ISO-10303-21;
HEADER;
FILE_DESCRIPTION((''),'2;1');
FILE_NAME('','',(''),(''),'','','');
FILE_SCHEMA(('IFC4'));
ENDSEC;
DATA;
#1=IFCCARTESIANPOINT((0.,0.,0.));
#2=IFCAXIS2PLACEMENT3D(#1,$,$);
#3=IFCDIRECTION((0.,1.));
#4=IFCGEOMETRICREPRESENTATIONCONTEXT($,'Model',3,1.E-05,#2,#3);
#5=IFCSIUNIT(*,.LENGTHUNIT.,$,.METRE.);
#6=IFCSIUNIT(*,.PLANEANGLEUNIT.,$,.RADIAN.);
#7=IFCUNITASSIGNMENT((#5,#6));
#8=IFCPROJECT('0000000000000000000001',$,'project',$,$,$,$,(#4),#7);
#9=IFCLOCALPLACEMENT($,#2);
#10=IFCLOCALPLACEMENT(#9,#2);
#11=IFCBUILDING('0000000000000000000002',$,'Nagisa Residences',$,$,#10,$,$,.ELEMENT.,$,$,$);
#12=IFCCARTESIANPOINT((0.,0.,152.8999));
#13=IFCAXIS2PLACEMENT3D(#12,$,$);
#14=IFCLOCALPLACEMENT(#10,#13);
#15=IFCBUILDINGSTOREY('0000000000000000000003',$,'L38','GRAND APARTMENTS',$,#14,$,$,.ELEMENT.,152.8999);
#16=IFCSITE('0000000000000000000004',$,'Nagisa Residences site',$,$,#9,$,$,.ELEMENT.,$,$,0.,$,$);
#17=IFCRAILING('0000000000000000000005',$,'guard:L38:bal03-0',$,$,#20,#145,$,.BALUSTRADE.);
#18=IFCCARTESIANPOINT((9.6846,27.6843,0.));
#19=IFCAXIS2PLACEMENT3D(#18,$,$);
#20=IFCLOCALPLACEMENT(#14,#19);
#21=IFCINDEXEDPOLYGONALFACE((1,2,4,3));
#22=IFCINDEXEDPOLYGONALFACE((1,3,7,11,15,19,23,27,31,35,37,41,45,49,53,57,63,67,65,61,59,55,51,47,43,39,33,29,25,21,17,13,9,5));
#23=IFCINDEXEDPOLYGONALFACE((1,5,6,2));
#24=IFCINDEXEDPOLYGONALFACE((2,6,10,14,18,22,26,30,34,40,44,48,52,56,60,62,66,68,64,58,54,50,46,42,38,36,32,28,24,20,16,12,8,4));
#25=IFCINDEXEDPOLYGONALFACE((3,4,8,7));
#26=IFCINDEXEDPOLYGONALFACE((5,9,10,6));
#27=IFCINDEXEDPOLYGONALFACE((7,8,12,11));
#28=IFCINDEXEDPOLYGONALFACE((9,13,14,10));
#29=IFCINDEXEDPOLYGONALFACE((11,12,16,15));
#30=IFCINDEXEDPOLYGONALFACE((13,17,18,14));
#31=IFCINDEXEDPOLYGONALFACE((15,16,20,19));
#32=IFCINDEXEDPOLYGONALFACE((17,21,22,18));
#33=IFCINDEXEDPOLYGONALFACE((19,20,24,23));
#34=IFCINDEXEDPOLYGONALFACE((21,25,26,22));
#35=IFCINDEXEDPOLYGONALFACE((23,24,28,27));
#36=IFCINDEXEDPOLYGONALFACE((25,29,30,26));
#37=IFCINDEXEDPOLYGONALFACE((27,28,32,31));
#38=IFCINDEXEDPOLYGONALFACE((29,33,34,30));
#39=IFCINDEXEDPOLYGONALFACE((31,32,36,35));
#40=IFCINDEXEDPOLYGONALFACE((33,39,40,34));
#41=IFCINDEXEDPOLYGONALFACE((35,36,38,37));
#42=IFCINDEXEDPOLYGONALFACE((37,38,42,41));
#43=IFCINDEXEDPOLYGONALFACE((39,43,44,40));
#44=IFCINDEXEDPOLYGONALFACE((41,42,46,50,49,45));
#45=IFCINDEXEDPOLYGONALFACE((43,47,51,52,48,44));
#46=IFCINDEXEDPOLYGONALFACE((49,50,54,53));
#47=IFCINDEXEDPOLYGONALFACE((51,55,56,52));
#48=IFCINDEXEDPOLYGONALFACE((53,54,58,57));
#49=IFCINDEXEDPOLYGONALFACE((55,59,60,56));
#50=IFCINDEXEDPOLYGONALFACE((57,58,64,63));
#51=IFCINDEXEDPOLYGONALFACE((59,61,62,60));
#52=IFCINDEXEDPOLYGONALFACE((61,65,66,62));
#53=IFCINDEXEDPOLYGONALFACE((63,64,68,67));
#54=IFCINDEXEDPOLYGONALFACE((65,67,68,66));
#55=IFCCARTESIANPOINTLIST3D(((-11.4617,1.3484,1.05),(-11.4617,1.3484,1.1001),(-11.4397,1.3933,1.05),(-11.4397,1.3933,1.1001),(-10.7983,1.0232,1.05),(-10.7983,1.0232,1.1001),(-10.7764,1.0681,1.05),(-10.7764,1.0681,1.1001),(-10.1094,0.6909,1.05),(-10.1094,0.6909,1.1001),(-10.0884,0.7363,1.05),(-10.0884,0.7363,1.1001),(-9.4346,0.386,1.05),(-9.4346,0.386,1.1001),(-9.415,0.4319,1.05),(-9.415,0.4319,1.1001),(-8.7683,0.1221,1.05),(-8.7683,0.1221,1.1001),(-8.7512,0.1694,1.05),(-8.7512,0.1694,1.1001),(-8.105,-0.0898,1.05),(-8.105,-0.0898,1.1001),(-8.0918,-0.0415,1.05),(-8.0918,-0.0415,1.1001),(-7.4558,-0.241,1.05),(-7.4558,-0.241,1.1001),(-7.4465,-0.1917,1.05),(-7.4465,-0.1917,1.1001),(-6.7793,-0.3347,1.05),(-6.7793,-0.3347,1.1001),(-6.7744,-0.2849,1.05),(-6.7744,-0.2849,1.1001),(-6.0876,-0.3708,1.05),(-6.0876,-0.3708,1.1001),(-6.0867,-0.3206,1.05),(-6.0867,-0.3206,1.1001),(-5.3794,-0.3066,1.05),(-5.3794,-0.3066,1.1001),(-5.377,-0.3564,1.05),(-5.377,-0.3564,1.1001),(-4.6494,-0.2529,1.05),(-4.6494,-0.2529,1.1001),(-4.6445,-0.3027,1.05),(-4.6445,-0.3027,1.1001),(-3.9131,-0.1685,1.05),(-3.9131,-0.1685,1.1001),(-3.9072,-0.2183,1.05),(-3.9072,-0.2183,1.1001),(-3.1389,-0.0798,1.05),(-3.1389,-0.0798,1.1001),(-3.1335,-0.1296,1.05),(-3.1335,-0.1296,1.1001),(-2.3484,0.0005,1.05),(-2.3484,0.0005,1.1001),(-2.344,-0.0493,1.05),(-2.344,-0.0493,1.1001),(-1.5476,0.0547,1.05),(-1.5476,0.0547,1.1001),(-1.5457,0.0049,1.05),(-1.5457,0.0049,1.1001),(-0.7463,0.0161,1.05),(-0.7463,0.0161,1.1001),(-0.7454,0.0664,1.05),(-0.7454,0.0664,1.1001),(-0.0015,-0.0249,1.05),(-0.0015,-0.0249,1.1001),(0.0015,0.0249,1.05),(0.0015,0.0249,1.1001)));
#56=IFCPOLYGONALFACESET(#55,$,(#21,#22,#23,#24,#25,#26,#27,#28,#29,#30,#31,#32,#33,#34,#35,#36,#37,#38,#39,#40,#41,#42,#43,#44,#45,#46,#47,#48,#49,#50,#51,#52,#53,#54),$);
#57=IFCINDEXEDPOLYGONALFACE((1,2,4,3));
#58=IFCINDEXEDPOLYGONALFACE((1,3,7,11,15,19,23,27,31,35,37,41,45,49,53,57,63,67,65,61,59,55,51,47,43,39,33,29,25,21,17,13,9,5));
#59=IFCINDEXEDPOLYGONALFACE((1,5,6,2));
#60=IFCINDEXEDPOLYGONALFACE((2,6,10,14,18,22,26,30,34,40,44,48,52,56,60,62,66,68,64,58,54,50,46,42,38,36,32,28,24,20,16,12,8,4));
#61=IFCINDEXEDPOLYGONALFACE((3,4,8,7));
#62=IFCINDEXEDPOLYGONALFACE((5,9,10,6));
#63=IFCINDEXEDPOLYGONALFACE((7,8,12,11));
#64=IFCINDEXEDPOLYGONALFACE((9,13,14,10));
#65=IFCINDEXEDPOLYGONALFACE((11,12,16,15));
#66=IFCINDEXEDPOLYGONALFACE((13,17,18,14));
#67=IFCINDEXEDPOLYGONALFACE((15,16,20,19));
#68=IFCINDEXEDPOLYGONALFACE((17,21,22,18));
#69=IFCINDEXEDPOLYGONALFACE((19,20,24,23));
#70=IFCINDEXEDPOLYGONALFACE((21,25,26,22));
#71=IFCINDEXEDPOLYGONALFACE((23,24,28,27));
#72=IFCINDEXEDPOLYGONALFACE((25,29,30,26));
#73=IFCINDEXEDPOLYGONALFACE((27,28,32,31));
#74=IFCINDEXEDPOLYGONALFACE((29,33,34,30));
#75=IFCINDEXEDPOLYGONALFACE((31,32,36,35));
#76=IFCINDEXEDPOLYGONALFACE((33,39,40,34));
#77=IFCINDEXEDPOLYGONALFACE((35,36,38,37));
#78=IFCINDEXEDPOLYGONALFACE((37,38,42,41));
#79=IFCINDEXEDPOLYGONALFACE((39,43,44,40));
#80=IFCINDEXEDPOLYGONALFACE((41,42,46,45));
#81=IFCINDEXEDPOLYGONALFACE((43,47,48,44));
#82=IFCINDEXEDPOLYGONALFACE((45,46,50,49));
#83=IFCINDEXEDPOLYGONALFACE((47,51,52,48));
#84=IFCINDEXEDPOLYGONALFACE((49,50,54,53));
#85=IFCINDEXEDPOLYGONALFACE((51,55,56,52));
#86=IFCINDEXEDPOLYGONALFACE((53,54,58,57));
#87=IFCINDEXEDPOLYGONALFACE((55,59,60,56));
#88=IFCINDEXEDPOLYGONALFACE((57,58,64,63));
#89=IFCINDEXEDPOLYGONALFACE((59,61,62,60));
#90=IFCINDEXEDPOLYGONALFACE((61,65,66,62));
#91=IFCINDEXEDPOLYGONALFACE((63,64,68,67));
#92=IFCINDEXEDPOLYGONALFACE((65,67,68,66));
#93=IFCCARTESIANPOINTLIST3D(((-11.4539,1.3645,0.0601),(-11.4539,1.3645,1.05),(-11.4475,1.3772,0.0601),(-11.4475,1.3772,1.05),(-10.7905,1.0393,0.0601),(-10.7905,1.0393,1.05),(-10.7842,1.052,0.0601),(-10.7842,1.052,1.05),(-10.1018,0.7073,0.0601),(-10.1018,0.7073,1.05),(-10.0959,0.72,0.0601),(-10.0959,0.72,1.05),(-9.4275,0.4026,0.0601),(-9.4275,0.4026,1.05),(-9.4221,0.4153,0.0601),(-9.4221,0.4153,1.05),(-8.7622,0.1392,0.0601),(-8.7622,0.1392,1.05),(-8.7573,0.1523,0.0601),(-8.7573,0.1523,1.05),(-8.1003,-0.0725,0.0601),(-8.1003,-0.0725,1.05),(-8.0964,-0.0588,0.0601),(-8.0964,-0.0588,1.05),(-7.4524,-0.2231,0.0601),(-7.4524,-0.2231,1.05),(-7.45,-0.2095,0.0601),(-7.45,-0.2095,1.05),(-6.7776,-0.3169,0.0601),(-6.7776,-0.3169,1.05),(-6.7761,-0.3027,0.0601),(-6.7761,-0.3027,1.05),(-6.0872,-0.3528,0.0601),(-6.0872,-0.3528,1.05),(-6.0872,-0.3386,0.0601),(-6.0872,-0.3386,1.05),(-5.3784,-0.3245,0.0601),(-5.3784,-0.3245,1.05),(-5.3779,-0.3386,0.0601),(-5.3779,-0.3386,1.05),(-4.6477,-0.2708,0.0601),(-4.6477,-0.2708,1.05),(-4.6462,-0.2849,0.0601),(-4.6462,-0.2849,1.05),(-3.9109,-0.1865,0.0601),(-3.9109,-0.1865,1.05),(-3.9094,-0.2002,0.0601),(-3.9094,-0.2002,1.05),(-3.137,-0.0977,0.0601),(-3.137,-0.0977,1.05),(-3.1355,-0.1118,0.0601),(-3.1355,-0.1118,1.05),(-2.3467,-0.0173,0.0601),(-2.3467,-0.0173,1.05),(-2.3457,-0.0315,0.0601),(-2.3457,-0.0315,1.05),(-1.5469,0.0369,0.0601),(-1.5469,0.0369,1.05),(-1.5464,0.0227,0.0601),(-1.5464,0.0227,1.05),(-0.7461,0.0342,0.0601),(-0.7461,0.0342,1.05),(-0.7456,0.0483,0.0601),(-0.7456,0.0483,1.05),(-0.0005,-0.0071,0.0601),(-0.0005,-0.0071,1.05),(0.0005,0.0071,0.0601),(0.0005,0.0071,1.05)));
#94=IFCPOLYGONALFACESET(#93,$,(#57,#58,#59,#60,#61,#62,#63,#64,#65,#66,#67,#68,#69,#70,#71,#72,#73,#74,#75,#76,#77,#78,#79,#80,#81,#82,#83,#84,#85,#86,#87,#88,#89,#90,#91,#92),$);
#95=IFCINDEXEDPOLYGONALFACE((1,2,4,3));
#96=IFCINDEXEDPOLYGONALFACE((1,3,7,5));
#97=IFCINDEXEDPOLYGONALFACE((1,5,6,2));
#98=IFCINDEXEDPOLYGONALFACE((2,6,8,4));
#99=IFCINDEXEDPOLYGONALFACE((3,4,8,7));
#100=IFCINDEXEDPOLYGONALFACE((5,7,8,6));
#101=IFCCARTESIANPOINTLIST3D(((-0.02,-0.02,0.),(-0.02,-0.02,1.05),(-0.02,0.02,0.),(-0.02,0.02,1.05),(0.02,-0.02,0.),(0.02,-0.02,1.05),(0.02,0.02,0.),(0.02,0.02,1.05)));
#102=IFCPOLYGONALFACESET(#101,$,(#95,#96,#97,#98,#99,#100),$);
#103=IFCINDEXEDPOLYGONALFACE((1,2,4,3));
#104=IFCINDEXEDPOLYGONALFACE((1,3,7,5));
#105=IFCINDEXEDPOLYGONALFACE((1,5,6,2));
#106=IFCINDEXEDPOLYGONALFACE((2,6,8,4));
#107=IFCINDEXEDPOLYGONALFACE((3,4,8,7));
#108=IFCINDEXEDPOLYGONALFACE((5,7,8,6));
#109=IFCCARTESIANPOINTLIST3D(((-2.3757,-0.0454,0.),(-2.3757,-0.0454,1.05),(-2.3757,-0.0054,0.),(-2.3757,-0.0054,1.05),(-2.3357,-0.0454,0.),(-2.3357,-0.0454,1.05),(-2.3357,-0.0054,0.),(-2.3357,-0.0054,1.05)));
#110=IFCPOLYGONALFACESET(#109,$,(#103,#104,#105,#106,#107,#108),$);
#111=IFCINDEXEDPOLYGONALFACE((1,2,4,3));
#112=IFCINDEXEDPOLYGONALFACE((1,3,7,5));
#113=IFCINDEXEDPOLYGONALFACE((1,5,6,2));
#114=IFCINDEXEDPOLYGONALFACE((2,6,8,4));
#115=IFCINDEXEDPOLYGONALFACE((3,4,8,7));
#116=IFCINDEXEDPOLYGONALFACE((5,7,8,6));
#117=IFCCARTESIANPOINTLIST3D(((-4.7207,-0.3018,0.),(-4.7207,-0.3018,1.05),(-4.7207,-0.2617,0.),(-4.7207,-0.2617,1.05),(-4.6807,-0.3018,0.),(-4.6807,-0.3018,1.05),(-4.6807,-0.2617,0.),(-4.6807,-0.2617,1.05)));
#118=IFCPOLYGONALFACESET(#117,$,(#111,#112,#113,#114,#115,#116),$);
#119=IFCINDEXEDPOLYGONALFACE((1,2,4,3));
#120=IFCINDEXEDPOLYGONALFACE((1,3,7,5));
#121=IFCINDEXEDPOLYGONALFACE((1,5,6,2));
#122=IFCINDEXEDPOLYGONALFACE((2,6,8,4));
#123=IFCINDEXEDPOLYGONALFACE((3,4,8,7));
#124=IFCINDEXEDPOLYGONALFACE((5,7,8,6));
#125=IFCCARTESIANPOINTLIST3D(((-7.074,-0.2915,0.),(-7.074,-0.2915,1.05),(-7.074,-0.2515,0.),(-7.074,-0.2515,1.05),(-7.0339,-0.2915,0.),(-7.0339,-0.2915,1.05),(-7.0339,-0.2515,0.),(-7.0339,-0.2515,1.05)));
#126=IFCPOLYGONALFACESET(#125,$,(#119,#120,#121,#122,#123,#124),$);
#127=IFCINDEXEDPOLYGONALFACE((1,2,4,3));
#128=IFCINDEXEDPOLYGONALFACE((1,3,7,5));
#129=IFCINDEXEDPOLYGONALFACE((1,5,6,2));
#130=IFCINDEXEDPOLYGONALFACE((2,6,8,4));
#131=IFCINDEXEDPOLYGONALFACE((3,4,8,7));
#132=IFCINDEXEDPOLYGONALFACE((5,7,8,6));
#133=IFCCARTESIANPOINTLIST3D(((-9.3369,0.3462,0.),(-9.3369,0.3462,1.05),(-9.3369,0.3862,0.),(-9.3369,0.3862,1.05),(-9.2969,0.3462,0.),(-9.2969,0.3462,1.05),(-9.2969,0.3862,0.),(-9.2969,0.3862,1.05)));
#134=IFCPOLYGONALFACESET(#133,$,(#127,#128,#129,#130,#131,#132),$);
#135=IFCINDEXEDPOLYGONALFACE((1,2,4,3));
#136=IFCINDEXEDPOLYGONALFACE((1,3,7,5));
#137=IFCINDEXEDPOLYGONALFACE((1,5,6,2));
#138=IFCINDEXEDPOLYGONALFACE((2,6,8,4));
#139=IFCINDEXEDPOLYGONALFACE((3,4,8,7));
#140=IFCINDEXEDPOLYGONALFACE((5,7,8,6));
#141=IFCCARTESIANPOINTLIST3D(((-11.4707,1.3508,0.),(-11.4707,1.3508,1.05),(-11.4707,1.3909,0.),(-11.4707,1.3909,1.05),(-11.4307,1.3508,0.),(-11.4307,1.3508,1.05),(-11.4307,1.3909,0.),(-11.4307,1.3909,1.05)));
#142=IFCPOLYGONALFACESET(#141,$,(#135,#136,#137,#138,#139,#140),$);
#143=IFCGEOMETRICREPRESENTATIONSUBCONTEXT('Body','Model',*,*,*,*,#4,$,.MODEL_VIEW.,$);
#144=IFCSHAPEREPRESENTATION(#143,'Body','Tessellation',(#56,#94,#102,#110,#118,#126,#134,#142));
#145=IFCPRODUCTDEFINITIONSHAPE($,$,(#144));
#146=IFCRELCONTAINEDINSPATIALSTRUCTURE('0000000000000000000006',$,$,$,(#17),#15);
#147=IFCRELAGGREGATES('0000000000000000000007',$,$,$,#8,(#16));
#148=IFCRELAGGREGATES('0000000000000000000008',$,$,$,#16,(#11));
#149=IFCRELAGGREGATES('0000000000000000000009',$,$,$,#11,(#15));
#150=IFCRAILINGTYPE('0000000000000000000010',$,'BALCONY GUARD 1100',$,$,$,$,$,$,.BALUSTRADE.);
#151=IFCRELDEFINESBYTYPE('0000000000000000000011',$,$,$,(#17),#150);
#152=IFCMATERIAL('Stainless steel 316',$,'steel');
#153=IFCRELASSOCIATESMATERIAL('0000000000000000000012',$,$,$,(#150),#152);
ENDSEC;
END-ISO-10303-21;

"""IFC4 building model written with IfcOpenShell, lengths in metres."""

from ifc_helpers import new_model, si_unit, direction, frame, origin, origin_2d, place, context, subcontext, project, spatial, polyline, rectangle, outline, extrude, material, type_object, element, save


model = new_model("IFC4")

# Units and contexts
model_context = context("Model", 3, precision=1e-05, world=origin(), true_north=direction((0.0, 1.0)))
body_context = subcontext(model_context, "Body", "Model", "MODEL_VIEW")
ifc_project = project(units=[si_unit("LENGTHUNIT", "METRE"), si_unit("PLANEANGLEUNIT", "RADIAN")], contexts=[model_context])

# Site, building, storey
site_placement = place(None, origin())
site = spatial("IfcSite", under=ifc_project, at=site_placement, Name="Nagisa Residences site", CompositionType="ELEMENT", RefElevation=0.0)
building_placement = place(site_placement, origin())
building = spatial("IfcBuilding", under=site, at=building_placement, Name="Nagisa Residences", CompositionType="ELEMENT")
storey_placement = place(building_placement, frame((0.0, 0.0, 152.8999)))
storey = spatial("IfcBuildingStorey", under=building, at=storey_placement, Name="L38", Description="GRAND APARTMENTS", CompositionType="ELEMENT", Elevation=152.8999)

# Railing
ifc_material_1 = material(Name="Stainless steel 316", Category="steel")
railing_type_1 = type_object("IfcRailingType", Name="BALCONY GUARD 1100", PredefinedType="BALUSTRADE", material=ifc_material_1)
railing_1_placement = place(storey_placement, frame((9.6846, 27.6843, 0.0)))
element("IfcRailing", 1, at=railing_1_placement, inside=storey, type_object=railing_type_1, Name="guard:L38:bal03-0", PredefinedType="BALUSTRADE", context=body_context, shape_type="SweptSolid", body=[
    extrude(outline(polyline([(-0.7463, 0.0161), (-0.0015, -0.0249), (0.0015, 0.0249), (-0.7454, 0.0664), (-1.5476, 0.0547), (-2.3484, 0.0005), (-3.1389, -0.0798), (-3.9131, -0.1685), (-4.6494, -0.2529), (-5.3794, -0.3066), (-6.0867, -0.3206), (-6.7744, -0.2849), (-7.4465, -0.1917), (-8.0918, -0.0415), (-8.7512, 0.1694), (-9.415, 0.4319), (-10.0884, 0.7363), (-10.7764, 1.0681), (-11.4397, 1.3933), (-11.4617, 1.3484), (-10.7983, 1.0232), (-10.1094, 0.6909), (-9.4346, 0.386), (-8.7683, 0.1221), (-8.105, -0.0898), (-7.4558, -0.241), (-6.7793, -0.3347), (-6.0876, -0.3708), (-5.377, -0.3564), (-4.6445, -0.3027), (-3.9072, -0.2183), (-3.1335, -0.1296), (-2.344, -0.0493), (-1.5457, 0.0049), (-0.7463, 0.0161)])), frame((0.0, 0.0, 1.05)), (0.0, 0.0, 1.0), 0.05),
    extrude(outline(polyline([(-0.7461, 0.0342), (-0.0005, -0.0071), (0.0005, 0.0071), (-0.7456, 0.0483), (-1.5469, 0.0369), (-2.3467, -0.0173), (-3.137, -0.0977), (-3.9109, -0.1865), (-4.6477, -0.2708), (-5.3784, -0.3245), (-6.0872, -0.3386), (-6.7761, -0.3027), (-7.45, -0.2095), (-8.0964, -0.0588), (-8.7573, 0.1523), (-9.4221, 0.4153), (-10.0959, 0.72), (-10.7842, 1.052), (-11.4475, 1.3772), (-11.4539, 1.3645), (-10.7905, 1.0393), (-10.1018, 0.7073), (-9.4275, 0.4026), (-8.7622, 0.1392), (-8.1003, -0.0725), (-7.4524, -0.2231), (-6.7776, -0.3169), (-6.0872, -0.3528), (-5.3779, -0.3386), (-4.6462, -0.2849), (-3.9094, -0.2002), (-3.1355, -0.1118), (-2.3457, -0.0315), (-1.5464, 0.0227), (-0.7461, 0.0342)])), frame((0.0, 0.0, 0.0601)), (0.0, 0.0, 1.0), 0.99),
    extrude(rectangle(XDim=0.04, YDim=0.04, at=origin_2d()), origin(), (0.0, 0.0, 1.0), 1.05),
    extrude(rectangle(XDim=0.04, YDim=0.04, at=origin_2d()), frame((-2.3557, -0.0254, 0.0)), (0.0, 0.0, 1.0), 1.05),
    extrude(rectangle(XDim=0.04, YDim=0.04, at=origin_2d()), frame((-4.7007, -0.2817, 0.0)), (0.0, 0.0, 1.0), 1.05),
    extrude(rectangle(XDim=0.04, YDim=0.04, at=origin_2d()), frame((-7.054, -0.2715, 0.0)), (0.0, 0.0, 1.0), 1.05),
    extrude(rectangle(XDim=0.04, YDim=0.04, at=origin_2d()), frame((-9.3169, 0.3662, 0.0)), (0.0, 0.0, 1.0), 1.05),
    extrude(rectangle(XDim=0.04, YDim=0.04, at=origin_2d()), frame((-11.4507, 1.3708, 0.0)), (0.0, 0.0, 1.0), 1.05),
])

save(model, "model.ifc")
